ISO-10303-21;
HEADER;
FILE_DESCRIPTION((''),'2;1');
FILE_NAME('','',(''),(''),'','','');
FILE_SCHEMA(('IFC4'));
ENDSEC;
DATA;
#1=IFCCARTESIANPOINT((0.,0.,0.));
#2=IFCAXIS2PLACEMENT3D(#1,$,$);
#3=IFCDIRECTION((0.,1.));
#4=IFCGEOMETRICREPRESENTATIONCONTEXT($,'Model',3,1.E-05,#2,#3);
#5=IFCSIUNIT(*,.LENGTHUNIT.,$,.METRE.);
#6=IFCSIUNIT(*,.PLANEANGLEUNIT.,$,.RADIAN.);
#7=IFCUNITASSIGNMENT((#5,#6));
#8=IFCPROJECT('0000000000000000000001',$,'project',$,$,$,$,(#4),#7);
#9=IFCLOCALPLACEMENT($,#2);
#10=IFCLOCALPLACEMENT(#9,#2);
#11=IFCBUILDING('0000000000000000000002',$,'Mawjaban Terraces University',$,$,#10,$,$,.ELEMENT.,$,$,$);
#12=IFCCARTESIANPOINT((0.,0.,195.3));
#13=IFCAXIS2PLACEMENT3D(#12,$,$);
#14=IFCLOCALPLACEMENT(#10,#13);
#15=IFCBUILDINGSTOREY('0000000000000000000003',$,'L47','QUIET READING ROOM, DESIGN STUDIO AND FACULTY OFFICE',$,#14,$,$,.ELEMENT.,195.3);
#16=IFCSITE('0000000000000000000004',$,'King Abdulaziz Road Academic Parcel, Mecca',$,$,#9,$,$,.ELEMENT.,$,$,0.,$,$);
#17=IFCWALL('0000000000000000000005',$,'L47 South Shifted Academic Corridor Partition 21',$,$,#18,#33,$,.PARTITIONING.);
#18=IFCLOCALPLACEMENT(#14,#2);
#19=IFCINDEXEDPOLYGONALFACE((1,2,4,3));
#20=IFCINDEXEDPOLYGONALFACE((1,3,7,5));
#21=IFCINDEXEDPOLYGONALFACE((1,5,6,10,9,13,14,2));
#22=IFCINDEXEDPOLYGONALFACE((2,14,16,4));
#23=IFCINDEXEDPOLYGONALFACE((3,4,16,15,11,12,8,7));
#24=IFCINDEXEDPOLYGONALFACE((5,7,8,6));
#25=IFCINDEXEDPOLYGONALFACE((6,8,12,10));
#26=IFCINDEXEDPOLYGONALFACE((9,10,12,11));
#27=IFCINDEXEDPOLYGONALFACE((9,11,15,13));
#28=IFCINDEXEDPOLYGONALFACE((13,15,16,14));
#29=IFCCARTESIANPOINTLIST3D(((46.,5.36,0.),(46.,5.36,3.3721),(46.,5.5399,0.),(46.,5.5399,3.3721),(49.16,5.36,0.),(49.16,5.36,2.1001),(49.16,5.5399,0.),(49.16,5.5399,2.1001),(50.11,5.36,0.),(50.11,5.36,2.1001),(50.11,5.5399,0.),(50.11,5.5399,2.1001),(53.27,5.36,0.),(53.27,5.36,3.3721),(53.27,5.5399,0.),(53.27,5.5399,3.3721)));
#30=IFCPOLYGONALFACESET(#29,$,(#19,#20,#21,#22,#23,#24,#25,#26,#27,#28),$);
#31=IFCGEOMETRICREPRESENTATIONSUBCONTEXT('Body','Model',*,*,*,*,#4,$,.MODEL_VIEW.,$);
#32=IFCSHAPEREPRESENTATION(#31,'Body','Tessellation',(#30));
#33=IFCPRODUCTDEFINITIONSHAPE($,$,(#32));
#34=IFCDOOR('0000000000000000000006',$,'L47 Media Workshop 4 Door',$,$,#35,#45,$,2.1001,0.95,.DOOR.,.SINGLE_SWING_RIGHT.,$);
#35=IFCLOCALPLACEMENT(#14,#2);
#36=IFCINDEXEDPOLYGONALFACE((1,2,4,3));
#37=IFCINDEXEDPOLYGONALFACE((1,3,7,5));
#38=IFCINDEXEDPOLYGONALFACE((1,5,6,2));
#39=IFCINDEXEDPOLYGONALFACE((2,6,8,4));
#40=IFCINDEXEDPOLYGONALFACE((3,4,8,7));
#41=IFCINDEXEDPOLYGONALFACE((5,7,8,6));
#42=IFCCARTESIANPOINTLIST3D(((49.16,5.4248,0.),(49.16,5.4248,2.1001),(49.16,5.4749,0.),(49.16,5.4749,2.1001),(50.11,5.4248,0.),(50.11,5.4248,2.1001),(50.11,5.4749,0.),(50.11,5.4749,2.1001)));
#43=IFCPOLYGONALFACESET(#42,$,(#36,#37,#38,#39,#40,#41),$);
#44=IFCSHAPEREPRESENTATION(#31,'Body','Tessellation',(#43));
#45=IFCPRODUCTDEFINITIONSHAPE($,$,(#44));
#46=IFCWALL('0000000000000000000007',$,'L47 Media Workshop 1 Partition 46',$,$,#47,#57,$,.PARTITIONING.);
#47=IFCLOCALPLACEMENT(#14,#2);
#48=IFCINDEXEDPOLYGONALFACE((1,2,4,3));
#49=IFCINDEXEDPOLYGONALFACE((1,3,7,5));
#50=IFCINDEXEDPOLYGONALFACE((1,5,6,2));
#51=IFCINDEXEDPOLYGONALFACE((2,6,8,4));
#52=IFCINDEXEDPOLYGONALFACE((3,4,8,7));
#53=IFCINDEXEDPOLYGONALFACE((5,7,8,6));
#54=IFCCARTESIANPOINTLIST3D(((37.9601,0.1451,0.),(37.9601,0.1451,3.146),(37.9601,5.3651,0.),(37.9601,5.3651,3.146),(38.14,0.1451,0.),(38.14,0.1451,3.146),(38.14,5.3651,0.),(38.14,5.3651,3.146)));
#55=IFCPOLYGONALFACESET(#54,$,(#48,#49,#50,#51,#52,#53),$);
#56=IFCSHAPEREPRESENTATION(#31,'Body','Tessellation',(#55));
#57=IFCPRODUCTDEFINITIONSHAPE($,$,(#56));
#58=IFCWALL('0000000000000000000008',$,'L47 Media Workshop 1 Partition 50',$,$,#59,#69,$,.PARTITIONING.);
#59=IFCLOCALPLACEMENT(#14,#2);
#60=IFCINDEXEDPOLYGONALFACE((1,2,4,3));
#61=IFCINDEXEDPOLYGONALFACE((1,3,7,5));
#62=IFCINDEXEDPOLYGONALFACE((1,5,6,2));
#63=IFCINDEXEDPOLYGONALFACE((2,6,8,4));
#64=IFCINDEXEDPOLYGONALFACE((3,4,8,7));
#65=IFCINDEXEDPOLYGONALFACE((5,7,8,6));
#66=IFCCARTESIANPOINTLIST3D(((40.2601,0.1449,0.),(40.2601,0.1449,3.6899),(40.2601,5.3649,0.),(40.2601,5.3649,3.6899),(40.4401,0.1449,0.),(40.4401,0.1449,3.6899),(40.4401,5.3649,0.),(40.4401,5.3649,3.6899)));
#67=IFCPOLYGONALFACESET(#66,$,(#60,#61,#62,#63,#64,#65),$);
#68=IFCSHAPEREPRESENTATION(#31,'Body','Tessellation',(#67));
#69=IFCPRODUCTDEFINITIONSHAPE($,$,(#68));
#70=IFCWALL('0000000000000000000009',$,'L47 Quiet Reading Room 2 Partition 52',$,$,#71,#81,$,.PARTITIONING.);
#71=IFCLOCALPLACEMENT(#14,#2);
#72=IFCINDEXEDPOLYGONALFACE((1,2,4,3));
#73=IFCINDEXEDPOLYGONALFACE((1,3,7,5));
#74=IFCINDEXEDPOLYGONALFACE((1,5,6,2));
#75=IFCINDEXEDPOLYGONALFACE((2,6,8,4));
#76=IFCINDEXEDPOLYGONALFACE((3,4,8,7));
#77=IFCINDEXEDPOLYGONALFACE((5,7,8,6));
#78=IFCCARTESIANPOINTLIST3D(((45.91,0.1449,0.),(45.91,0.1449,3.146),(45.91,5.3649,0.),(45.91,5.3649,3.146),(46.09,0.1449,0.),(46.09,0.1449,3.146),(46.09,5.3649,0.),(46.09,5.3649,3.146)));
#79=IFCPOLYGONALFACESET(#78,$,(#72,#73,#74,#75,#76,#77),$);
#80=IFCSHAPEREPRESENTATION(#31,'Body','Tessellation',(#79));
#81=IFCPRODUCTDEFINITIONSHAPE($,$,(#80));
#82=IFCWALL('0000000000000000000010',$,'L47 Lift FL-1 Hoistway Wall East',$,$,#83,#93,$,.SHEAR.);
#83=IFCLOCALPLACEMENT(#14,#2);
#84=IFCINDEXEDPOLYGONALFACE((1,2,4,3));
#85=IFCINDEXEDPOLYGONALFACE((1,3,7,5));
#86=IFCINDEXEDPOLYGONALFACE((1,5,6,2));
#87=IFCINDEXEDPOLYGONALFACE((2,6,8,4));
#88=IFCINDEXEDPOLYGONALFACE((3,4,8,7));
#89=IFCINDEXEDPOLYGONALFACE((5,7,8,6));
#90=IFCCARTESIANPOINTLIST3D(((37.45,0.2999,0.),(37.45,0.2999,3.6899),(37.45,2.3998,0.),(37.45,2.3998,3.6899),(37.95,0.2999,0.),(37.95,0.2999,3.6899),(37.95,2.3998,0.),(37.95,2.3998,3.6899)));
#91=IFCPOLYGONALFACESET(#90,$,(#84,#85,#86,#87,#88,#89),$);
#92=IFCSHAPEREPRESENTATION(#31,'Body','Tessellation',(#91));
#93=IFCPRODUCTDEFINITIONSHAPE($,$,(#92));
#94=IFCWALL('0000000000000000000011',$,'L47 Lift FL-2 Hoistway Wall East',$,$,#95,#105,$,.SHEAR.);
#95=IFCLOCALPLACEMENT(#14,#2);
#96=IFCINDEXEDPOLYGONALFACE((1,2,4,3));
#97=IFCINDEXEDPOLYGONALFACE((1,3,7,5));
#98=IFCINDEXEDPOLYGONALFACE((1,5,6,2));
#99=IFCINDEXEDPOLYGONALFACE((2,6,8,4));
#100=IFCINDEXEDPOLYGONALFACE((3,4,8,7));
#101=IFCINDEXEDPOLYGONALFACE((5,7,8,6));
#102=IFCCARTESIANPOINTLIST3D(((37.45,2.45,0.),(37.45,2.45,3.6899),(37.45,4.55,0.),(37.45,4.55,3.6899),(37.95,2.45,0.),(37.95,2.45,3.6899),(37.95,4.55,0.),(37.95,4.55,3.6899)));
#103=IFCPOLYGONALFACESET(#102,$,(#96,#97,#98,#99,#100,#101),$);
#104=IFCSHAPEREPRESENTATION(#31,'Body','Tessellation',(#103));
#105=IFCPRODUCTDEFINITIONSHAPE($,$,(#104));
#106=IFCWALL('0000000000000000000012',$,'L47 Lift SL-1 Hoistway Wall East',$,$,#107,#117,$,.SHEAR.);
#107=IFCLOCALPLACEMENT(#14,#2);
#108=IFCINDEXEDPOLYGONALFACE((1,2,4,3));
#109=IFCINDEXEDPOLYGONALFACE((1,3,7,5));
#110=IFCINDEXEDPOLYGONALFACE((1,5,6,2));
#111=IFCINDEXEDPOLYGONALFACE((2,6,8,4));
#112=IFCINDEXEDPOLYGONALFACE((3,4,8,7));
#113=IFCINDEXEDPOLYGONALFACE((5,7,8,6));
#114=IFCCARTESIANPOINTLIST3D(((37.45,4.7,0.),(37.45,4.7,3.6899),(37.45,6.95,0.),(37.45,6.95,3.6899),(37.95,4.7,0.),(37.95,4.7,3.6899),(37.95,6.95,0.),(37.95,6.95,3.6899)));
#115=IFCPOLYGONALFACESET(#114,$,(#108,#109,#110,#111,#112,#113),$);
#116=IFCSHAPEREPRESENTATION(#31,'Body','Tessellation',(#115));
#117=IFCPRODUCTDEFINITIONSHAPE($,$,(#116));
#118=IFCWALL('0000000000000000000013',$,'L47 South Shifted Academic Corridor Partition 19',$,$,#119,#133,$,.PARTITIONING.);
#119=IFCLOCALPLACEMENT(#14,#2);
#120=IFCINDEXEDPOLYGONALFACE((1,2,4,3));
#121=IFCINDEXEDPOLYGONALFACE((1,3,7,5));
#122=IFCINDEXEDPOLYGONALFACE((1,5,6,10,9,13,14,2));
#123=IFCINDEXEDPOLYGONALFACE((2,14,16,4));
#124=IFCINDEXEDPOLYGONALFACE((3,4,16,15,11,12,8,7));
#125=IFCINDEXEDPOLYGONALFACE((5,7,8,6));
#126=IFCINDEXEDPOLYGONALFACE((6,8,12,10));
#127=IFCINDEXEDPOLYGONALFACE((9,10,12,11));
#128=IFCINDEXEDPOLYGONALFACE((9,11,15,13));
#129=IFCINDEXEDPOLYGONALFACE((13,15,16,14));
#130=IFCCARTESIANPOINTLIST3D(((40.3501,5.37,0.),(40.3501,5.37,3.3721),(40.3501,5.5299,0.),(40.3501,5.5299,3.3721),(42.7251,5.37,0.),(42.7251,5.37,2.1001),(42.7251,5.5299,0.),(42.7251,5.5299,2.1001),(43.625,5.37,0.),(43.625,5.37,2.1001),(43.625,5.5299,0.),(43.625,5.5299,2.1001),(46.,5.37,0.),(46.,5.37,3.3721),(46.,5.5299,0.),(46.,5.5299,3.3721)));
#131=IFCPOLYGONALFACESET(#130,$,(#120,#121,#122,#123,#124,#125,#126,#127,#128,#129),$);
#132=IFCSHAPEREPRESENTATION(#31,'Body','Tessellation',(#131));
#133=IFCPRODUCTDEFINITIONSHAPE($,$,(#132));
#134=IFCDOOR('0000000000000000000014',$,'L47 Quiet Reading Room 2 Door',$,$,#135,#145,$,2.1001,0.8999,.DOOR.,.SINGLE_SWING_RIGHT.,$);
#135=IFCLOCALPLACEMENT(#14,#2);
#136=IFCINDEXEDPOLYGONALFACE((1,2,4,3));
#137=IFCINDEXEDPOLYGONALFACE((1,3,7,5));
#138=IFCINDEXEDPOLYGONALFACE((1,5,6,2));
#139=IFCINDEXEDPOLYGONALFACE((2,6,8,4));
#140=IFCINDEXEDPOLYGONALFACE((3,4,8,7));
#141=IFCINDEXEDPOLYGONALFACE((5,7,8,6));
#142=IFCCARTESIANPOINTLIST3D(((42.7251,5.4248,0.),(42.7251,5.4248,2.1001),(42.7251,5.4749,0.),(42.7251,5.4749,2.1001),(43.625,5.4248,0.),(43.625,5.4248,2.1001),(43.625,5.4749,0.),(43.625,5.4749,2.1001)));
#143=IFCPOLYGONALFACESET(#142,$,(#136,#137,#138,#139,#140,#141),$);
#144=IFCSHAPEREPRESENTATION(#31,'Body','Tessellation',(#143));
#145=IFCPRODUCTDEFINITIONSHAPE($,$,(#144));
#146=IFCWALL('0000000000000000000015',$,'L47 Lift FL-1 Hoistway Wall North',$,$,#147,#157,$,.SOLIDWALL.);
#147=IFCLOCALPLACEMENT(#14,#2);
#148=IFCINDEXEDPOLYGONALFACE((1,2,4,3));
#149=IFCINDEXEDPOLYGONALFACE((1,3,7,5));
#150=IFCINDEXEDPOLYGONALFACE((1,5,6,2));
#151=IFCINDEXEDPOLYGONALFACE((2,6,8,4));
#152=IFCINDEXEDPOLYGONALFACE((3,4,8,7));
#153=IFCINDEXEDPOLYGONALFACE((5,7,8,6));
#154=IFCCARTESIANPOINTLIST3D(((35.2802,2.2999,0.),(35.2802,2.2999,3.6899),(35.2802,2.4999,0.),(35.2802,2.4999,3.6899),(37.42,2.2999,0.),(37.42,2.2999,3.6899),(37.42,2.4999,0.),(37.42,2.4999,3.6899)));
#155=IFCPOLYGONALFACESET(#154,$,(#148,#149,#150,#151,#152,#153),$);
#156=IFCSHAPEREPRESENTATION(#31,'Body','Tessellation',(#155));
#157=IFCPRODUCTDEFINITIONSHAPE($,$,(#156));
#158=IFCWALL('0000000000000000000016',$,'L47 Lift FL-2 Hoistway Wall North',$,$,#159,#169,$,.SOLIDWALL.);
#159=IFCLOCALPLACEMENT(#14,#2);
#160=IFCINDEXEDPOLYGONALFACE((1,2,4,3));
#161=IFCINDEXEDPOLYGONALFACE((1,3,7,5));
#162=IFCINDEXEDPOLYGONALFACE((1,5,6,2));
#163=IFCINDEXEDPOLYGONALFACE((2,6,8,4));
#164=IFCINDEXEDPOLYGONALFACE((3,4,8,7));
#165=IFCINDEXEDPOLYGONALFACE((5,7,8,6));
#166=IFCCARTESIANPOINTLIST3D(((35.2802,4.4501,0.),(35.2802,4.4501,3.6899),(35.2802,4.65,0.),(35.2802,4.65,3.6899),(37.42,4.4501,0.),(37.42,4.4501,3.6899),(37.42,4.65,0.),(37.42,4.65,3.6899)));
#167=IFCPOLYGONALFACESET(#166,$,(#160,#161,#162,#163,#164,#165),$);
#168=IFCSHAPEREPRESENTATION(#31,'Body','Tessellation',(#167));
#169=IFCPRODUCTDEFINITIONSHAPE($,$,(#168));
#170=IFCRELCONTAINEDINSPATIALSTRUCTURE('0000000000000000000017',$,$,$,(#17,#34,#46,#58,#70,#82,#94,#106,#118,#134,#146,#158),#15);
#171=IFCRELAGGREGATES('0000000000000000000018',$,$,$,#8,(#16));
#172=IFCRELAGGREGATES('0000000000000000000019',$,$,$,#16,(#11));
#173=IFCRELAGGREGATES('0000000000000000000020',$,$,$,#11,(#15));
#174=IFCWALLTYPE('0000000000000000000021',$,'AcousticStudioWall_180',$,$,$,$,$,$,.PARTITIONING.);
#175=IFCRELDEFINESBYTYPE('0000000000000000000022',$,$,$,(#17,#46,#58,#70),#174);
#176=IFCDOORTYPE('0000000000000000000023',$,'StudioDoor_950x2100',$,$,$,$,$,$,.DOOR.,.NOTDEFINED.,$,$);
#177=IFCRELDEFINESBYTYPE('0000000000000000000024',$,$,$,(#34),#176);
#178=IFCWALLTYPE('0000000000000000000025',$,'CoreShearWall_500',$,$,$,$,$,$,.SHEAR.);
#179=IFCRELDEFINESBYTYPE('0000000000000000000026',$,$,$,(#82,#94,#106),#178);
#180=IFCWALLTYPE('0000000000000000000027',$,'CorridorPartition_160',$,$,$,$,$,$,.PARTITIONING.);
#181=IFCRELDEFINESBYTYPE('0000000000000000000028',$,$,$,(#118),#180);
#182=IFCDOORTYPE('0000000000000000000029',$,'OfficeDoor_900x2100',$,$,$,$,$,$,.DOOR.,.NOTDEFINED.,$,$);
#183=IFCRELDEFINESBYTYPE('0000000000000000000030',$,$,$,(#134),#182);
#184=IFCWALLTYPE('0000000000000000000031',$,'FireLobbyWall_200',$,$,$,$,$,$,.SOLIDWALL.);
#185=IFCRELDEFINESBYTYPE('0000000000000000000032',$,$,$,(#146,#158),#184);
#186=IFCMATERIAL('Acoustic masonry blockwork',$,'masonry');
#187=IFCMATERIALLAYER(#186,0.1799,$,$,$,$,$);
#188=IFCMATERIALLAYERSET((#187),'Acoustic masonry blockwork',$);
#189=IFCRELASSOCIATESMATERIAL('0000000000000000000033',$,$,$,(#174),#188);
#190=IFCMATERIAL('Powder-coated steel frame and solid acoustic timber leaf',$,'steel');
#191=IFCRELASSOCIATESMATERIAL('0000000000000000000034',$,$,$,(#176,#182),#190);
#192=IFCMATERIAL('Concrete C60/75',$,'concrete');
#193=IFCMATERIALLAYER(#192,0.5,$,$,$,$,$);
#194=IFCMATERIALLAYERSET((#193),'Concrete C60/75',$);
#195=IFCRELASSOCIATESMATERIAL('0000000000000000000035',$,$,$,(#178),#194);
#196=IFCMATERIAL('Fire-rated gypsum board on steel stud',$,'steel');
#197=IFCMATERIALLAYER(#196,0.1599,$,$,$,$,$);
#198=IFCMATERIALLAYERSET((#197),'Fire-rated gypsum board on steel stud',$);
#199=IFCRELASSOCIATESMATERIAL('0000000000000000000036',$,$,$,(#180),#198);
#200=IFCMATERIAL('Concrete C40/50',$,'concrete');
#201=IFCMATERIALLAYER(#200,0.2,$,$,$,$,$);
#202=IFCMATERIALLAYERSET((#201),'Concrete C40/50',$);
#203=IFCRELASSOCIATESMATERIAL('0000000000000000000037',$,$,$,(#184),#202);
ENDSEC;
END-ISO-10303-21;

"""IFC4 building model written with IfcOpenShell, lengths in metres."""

from ifc_helpers import new_model, si_unit, direction, frame, frame_2d, origin, place, context, subcontext, project, spatial, rectangle, extrude, material, layer, layer_set, type_object, element, fill, save


model = new_model("IFC4")

# Units and contexts
model_context = context("Model", 3, precision=1e-05, world=origin(), true_north=direction((0.0, 1.0)))
body_context = subcontext(model_context, "Body", "Model", "MODEL_VIEW")
ifc_project = project(units=[si_unit("LENGTHUNIT", "METRE"), si_unit("PLANEANGLEUNIT", "RADIAN")], contexts=[model_context])

# Site, building, storey
site_placement = place(None, origin())
site = spatial("IfcSite", under=ifc_project, at=site_placement, Name="King Abdulaziz Road Academic Parcel, Mecca", CompositionType="ELEMENT", RefElevation=0.0)
building_placement = place(site_placement, origin())
building = spatial("IfcBuilding", under=site, at=building_placement, Name="Mawjaban Terraces University", CompositionType="ELEMENT")
storey_placement = place(building_placement, frame((0.0, 0.0, 195.3)))
storey = spatial("IfcBuildingStorey", under=building, at=storey_placement, Name="L47", Description="QUIET READING ROOM, DESIGN STUDIO AND FACULTY OFFICE", CompositionType="ELEMENT", Elevation=195.3)

# Shared definitions
ifc_material_1 = material(Name="Concrete C60/75", Category="concrete")

# Wall, opening, door
ifc_material_2 = material(Name="Acoustic masonry blockwork", Category="masonry")
ifc_layer_1 = layer(ifc_material_2, 0.1799)
ifc_layer_set_1 = layer_set([ifc_layer_1], Name="Acoustic masonry blockwork")
wall_type_1 = type_object("IfcWallType", Name="AcousticStudioWall_180", PredefinedType="PARTITIONING", material=ifc_layer_set_1)
ifc_material_3 = material(Name="Powder-coated steel frame and solid acoustic timber leaf", Category="steel")
door_type_1 = type_object("IfcDoorType", Name="StudioDoor_950x2100", OperationType="NOTDEFINED", PredefinedType="DOOR", material=ifc_material_3)
wall_1_placement = place(storey_placement, frame((46.0, 5.45, 0.0), z_axis=(0.0, 0.0, 1.0), x_axis=(1.0, 0.0, 0.0)))
wall_1 = element("IfcWall", 1, at=wall_1_placement, inside=storey, type_object=wall_type_1, Name="L47 South Shifted Academic Corridor Partition 21", PredefinedType="PARTITIONING", context=body_context, shape_type="SweptSolid", body=[
    extrude(rectangle(XDim=7.27, YDim=0.1799, at=frame_2d((3.635, 0.0))), origin(), (0.0, 0.0, 1.0), 3.3721),
])
opening_1_placement = place(wall_1_placement, frame((3.1599, 0.0, 0.0)))
opening_1 = element("IfcOpeningElement", 2, at=opening_1_placement, cuts=wall_1, PredefinedType="OPENING", context=body_context, shape_type="SweptSolid", body=[
    extrude(rectangle(XDim=0.95, YDim=2.1001, at=frame_2d((0.4751, 1.05))), frame((0.0, 0.0999, 0.0), z_axis=(0.0, -1.0, 0.0), x_axis=(1.0, 0.0, 0.0)), (0.0, 0.0, 1.0), 0.2),
])
door_1_placement = place(opening_1_placement, origin())
door_1 = element("IfcDoor", 3, at=door_1_placement, inside=storey, type_object=door_type_1, Name="L47 Media Workshop 4 Door", OperationType="SINGLE_SWING_RIGHT", OverallHeight=2.1001, OverallWidth=0.95, PredefinedType="DOOR", context=body_context, shape_type="SweptSolid", body=[
    extrude(rectangle(XDim=0.95, YDim=2.1001, at=frame_2d((0.4751, 1.05))), frame((0.0, 0.0249, 0.0), z_axis=(0.0, -1.0, 0.0), x_axis=(1.0, 0.0, 0.0)), (0.0, 0.0, 1.0), 0.05),
])
fill(opening_1, door_1)

# Walls
wall_2_placement = place(storey_placement, frame((38.05, 5.365, 0.0), z_axis=(0.0, 0.0, 1.0), x_axis=(0.0, -1.0, 0.0)))
element("IfcWall", 4, at=wall_2_placement, inside=storey, type_object=wall_type_1, Name="L47 Media Workshop 1 Partition 46", PredefinedType="PARTITIONING", context=body_context, shape_type="SweptSolid", body=[
    extrude(rectangle(XDim=5.22, YDim=0.1799, at=frame_2d((2.6099, 0.0))), origin(), (0.0, 0.0, 1.0), 3.146),
])
wall_3_placement = place(storey_placement, frame((40.3501, 0.145, 0.0), z_axis=(0.0, 0.0, 1.0), x_axis=(0.0, 1.0, 0.0)))
element("IfcWall", 5, at=wall_3_placement, inside=storey, type_object=wall_type_1, Name="L47 Media Workshop 1 Partition 50", PredefinedType="PARTITIONING", context=body_context, shape_type="SweptSolid", body=[
    extrude(rectangle(XDim=5.22, YDim=0.1799, at=frame_2d((2.6099, 0.0))), origin(), (0.0, 0.0, 1.0), 3.6899),
])
wall_4_placement = place(storey_placement, frame((46.0, 0.145, 0.0), z_axis=(0.0, 0.0, 1.0), x_axis=(0.0, 1.0, 0.0)))
element("IfcWall", 6, at=wall_4_placement, inside=storey, type_object=wall_type_1, Name="L47 Quiet Reading Room 2 Partition 52", PredefinedType="PARTITIONING", context=body_context, shape_type="SweptSolid", body=[
    extrude(rectangle(XDim=5.22, YDim=0.1799, at=frame_2d((2.6099, 0.0))), origin(), (0.0, 0.0, 1.0), 3.146),
])
ifc_layer_2 = layer(ifc_material_1, 0.5)
ifc_layer_set_2 = layer_set([ifc_layer_2], Name="Concrete C60/75")
wall_type_2 = type_object("IfcWallType", Name="CoreShearWall_500", PredefinedType="SHEAR", material=ifc_layer_set_2)
wall_5_placement = place(storey_placement, frame((37.7, 0.3, 0.0), z_axis=(0.0, 0.0, 1.0), x_axis=(0.0, 1.0, 0.0)))
element("IfcWall", 7, at=wall_5_placement, inside=storey, type_object=wall_type_2, Name="L47 Lift FL-1 Hoistway Wall East", PredefinedType="SHEAR", context=body_context, shape_type="SweptSolid", body=[
    extrude(rectangle(XDim=2.0999, YDim=0.5, at=frame_2d((1.0498, 0.0))), origin(), (0.0, 0.0, 1.0), 3.6899),
])
wall_6_placement = place(storey_placement, frame((37.7, 2.45, 0.0), z_axis=(0.0, 0.0, 1.0), x_axis=(0.0, 1.0, 0.0)))
element("IfcWall", 8, at=wall_6_placement, inside=storey, type_object=wall_type_2, Name="L47 Lift FL-2 Hoistway Wall East", PredefinedType="SHEAR", context=body_context, shape_type="SweptSolid", body=[
    extrude(rectangle(XDim=2.1001, YDim=0.5, at=frame_2d((1.05, 0.0))), origin(), (0.0, 0.0, 1.0), 3.6899),
])
wall_7_placement = place(storey_placement, frame((37.7, 4.7, 0.0), z_axis=(0.0, 0.0, 1.0), x_axis=(0.0, 1.0, 0.0)))
element("IfcWall", 9, at=wall_7_placement, inside=storey, type_object=wall_type_2, Name="L47 Lift SL-1 Hoistway Wall East", PredefinedType="SHEAR", context=body_context, shape_type="SweptSolid", body=[
    extrude(rectangle(XDim=2.25, YDim=0.5, at=frame_2d((1.125, 0.0))), origin(), (0.0, 0.0, 1.0), 3.6899),
])

# Wall, opening, door
ifc_material_4 = material(Name="Fire-rated gypsum board on steel stud", Category="steel")
ifc_layer_3 = layer(ifc_material_4, 0.1599)
ifc_layer_set_3 = layer_set([ifc_layer_3], Name="Fire-rated gypsum board on steel stud")
wall_type_3 = type_object("IfcWallType", Name="CorridorPartition_160", PredefinedType="PARTITIONING", material=ifc_layer_set_3)
wall_8_placement = place(storey_placement, frame((40.3501, 5.45, 0.0), z_axis=(0.0, 0.0, 1.0), x_axis=(1.0, 0.0, 0.0)))
wall_8 = element("IfcWall", 10, at=wall_8_placement, inside=storey, type_object=wall_type_3, Name="L47 South Shifted Academic Corridor Partition 19", PredefinedType="PARTITIONING", context=body_context, shape_type="SweptSolid", body=[
    extrude(rectangle(XDim=5.6499, YDim=0.1599, at=frame_2d((2.825, 0.0))), origin(), (0.0, 0.0, 1.0), 3.3721),
])
opening_2_placement = place(wall_8_placement, frame((2.375, 0.0, 0.0)))
opening_2 = element("IfcOpeningElement", 11, at=opening_2_placement, cuts=wall_8, PredefinedType="OPENING", context=body_context, shape_type="SweptSolid", body=[
    extrude(rectangle(XDim=0.8999, YDim=2.1001, at=frame_2d((0.45, 1.05))), frame((0.0, 0.0898, 0.0), z_axis=(0.0, -1.0, 0.0), x_axis=(1.0, 0.0, 0.0)), (0.0, 0.0, 1.0), 0.1799),
])
door_type_2 = type_object("IfcDoorType", Name="OfficeDoor_900x2100", OperationType="NOTDEFINED", PredefinedType="DOOR", material=ifc_material_3)
door_2_placement = place(opening_2_placement, origin())
door_2 = element("IfcDoor", 12, at=door_2_placement, inside=storey, type_object=door_type_2, Name="L47 Quiet Reading Room 2 Door", OperationType="SINGLE_SWING_RIGHT", OverallHeight=2.1001, OverallWidth=0.8999, PredefinedType="DOOR", context=body_context, shape_type="SweptSolid", body=[
    extrude(rectangle(XDim=0.8999, YDim=2.1001, at=frame_2d((0.45, 1.05))), frame((0.0, 0.0249, 0.0), z_axis=(0.0, -1.0, 0.0), x_axis=(1.0, 0.0, 0.0)), (0.0, 0.0, 1.0), 0.05),
])
fill(opening_2, door_2)

# Walls
ifc_material_5 = material(Name="Concrete C40/50", Category="concrete")
ifc_layer_4 = layer(ifc_material_5, 0.2)
ifc_layer_set_4 = layer_set([ifc_layer_4], Name="Concrete C40/50")
wall_type_4 = type_object("IfcWallType", Name="FireLobbyWall_200", PredefinedType="SOLIDWALL", material=ifc_layer_set_4)
for number, where, z_axis, x_axis, name in (
    (13, (37.4199, 2.3999, 0.0), (0.0, 0.0, 1.0), (-1.0, 0.0, 0.0), "L47 Lift FL-1 Hoistway Wall North"),
    (14, (37.4199, 4.55, 0.0), (0.0, 0.0, 1.0), (-1.0, 0.0, 0.0), "L47 Lift FL-2 Hoistway Wall North"),
):
    element("IfcWall", number, at=place(storey_placement, frame(where, z_axis=z_axis, x_axis=x_axis)), inside=storey, type_object=wall_type_4, Name=name, PredefinedType="SOLIDWALL", context=body_context, shape_type="SweptSolid", body=[
        extrude(rectangle(XDim=2.1399, YDim=0.2, at=frame_2d((1.0698, 0.0))), origin(), (0.0, 0.0, 1.0), 3.6899),
    ])

save(model, "model.ifc")
